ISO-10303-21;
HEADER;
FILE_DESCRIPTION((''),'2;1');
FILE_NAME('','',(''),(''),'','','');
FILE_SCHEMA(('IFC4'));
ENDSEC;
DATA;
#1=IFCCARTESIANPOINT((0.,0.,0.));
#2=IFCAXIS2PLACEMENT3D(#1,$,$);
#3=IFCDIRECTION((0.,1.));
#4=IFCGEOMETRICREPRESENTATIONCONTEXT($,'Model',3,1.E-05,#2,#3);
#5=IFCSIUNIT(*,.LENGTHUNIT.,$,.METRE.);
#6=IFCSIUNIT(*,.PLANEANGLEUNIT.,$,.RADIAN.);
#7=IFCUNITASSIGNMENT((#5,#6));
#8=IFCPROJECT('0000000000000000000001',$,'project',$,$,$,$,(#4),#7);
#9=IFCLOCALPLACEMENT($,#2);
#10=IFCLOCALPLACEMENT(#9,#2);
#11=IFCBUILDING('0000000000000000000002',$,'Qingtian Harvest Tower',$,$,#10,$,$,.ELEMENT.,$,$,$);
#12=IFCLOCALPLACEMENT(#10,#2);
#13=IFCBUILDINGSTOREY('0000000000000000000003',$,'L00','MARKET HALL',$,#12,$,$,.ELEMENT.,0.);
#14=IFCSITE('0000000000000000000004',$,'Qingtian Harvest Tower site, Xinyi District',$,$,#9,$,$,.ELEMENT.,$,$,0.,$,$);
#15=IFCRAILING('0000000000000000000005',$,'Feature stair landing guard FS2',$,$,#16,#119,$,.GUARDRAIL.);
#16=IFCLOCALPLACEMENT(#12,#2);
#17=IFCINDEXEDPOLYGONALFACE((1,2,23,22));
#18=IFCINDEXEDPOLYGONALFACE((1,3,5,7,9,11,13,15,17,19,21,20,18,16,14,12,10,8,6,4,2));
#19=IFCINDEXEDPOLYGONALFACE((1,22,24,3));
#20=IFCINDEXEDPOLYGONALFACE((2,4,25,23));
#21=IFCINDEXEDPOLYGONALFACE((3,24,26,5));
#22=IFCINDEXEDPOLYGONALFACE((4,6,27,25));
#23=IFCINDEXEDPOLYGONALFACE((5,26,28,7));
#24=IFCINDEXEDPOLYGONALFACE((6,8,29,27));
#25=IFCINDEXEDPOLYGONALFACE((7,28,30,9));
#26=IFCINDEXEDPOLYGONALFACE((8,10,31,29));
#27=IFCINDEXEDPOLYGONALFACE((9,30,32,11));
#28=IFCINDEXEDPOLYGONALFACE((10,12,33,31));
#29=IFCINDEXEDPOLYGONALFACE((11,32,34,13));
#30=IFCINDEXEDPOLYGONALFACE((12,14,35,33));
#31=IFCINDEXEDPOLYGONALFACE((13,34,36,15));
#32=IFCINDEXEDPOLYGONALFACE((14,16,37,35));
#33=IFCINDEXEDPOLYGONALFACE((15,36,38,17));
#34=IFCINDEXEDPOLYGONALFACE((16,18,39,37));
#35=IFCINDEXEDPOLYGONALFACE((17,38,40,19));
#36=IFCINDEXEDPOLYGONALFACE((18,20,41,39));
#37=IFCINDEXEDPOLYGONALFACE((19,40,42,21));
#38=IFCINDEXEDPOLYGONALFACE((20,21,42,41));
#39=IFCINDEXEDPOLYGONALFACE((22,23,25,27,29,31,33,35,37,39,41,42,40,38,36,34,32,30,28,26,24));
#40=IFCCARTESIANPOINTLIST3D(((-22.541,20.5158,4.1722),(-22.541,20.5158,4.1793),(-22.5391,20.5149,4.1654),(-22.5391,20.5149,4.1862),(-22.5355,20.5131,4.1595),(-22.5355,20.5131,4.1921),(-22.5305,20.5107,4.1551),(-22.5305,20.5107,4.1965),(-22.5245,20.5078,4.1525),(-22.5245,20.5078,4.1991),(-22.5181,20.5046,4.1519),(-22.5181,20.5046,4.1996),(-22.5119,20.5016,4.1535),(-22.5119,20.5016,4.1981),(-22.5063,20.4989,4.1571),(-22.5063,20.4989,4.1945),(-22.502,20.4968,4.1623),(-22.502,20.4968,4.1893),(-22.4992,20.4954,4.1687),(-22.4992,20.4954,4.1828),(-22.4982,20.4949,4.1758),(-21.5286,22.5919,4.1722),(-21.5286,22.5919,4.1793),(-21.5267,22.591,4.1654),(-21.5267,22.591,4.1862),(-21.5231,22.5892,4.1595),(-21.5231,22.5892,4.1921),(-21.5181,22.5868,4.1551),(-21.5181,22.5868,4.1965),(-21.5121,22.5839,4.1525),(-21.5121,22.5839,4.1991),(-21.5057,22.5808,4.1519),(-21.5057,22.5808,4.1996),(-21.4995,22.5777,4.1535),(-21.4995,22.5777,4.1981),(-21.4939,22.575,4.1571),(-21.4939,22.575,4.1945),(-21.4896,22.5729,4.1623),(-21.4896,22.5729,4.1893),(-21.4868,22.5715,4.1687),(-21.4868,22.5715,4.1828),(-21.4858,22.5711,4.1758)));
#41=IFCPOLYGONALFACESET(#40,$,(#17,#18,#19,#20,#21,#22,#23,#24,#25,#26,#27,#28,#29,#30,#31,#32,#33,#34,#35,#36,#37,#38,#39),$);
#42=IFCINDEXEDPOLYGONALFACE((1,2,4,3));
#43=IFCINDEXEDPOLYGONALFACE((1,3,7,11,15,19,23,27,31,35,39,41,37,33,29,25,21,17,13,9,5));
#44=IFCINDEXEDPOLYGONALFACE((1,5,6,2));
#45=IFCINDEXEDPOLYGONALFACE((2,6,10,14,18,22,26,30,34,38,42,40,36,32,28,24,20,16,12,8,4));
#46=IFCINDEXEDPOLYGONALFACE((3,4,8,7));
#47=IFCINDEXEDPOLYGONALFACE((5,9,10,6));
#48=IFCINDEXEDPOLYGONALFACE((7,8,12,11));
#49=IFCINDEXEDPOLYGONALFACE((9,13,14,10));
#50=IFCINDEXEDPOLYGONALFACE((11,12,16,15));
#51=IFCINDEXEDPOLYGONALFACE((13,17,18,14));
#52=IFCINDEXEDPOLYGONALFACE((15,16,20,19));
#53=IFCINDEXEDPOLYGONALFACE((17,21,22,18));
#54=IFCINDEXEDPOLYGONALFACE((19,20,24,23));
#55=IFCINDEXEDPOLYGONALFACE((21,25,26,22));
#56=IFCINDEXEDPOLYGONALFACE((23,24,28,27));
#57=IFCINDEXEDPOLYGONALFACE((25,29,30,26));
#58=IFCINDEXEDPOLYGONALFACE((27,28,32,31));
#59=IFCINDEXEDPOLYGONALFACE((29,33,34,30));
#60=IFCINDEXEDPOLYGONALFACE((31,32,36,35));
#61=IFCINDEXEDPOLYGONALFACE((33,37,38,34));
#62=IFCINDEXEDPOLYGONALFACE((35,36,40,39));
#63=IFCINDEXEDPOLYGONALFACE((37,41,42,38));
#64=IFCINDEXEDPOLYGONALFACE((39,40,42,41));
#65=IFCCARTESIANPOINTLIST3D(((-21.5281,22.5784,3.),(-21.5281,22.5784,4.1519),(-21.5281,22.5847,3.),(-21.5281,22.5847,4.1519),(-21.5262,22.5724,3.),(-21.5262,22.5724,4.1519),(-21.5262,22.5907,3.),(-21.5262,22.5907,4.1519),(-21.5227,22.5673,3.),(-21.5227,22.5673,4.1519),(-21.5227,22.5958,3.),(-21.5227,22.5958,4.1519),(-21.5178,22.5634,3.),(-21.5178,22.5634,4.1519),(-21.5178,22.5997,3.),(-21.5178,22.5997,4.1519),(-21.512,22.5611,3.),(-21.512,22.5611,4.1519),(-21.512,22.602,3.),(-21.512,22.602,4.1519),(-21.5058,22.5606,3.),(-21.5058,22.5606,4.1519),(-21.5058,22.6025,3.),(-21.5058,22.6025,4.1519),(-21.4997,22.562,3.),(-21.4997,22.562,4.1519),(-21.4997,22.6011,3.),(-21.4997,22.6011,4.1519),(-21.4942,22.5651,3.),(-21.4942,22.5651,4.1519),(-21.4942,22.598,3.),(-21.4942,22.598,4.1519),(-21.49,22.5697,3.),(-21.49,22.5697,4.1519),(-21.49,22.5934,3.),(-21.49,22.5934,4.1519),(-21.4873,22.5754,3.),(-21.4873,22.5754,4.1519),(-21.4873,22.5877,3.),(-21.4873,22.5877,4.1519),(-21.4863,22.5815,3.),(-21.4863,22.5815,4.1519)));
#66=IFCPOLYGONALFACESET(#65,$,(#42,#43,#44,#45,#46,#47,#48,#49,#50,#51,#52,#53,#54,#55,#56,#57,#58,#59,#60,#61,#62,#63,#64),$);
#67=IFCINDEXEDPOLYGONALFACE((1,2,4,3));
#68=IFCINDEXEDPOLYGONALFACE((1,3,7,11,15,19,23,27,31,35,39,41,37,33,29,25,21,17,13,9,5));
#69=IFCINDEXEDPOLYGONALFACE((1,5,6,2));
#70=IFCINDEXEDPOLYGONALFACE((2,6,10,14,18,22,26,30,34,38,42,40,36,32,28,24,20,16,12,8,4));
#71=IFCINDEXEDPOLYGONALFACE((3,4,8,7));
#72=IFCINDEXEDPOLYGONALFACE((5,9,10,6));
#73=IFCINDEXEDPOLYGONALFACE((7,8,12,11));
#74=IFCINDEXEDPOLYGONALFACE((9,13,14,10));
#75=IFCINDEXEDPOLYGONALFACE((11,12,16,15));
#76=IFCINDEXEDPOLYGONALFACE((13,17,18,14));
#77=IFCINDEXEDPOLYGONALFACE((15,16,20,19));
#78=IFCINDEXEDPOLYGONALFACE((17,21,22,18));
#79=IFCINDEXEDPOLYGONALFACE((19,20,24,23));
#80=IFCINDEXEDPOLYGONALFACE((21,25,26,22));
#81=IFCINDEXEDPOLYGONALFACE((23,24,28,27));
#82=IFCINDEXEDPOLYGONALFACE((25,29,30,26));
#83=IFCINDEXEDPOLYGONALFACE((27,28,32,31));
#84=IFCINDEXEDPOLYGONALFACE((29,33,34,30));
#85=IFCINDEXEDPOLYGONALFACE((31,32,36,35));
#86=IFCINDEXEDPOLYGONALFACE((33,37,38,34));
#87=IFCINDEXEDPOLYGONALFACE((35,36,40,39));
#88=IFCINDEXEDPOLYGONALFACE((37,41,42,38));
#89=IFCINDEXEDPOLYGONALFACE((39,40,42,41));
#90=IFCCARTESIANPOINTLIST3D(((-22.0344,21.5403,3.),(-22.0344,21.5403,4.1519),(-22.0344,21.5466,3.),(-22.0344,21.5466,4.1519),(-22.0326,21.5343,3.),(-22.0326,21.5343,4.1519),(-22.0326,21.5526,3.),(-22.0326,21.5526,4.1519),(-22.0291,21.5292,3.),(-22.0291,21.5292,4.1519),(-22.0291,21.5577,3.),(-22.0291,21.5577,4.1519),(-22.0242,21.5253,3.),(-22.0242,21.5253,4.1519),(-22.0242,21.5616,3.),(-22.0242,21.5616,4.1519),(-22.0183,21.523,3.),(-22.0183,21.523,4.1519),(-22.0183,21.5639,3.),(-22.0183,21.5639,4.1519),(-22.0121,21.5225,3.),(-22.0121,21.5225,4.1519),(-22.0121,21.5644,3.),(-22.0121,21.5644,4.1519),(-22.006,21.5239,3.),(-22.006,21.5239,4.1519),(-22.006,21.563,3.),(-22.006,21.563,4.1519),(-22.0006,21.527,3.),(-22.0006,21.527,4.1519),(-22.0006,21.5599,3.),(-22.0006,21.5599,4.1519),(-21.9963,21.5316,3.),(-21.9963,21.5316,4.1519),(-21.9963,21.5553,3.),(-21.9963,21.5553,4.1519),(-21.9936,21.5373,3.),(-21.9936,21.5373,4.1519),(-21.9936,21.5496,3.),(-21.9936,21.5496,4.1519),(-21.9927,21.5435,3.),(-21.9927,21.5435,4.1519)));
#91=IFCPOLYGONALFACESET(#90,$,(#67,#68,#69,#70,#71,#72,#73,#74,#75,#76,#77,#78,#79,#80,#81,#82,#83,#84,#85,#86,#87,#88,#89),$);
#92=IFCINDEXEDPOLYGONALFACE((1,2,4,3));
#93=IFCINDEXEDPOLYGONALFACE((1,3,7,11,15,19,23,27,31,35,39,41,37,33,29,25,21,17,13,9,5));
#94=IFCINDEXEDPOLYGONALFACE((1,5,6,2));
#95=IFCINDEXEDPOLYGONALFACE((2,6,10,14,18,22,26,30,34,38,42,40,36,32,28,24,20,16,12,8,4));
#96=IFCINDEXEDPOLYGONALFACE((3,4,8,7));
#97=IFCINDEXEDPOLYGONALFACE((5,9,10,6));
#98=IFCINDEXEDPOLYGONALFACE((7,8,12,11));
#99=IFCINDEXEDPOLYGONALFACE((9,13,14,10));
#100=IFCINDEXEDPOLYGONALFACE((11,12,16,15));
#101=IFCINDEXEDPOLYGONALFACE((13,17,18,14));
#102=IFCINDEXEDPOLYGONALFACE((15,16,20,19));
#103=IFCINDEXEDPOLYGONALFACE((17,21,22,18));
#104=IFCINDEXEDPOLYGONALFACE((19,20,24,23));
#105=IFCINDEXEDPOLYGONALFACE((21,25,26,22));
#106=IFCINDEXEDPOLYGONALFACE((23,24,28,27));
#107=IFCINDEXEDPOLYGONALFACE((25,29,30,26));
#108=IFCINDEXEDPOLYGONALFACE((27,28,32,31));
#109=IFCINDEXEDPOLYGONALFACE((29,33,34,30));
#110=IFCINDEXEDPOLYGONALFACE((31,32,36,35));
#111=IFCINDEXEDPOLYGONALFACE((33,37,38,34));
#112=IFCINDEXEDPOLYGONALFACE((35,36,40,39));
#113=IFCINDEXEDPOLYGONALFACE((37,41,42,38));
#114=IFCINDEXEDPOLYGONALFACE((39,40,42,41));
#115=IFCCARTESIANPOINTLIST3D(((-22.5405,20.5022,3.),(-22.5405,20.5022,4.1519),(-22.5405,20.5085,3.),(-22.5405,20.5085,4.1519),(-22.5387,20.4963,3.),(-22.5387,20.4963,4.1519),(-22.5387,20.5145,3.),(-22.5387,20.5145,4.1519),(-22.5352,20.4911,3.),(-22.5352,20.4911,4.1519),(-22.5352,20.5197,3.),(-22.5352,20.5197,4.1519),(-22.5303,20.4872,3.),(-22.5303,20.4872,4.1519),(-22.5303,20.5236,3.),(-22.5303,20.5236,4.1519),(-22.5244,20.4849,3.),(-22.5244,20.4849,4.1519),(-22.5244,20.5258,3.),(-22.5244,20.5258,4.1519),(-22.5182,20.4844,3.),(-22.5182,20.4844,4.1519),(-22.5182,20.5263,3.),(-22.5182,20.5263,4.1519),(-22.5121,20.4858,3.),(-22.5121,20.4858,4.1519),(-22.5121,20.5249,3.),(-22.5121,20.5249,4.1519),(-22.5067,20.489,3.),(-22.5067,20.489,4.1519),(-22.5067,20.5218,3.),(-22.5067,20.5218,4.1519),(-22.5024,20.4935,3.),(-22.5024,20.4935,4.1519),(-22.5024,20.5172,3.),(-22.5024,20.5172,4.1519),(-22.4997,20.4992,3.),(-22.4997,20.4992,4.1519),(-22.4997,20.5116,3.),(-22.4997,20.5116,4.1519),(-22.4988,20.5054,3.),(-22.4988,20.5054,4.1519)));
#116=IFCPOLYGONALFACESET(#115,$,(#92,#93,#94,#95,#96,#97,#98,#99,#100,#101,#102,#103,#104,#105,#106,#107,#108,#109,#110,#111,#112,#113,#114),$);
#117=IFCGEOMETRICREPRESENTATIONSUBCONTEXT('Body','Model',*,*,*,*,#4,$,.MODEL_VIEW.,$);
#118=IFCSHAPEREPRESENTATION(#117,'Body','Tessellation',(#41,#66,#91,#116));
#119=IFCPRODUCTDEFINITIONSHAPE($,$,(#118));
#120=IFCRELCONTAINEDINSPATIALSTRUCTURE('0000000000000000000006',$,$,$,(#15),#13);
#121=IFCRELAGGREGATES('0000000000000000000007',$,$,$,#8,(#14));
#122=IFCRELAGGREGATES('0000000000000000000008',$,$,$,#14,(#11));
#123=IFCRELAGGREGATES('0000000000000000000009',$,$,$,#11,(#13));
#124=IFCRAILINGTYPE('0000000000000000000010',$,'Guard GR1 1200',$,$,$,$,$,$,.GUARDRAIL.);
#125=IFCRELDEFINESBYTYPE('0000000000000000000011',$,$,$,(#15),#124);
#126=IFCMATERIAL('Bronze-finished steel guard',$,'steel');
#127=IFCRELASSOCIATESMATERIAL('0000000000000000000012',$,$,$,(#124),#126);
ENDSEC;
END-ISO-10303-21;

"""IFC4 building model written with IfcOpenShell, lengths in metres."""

from ifc_helpers import new_model, si_unit, direction, frame, origin, origin_2d, place, context, subcontext, project, spatial, circle, extrude, material, type_object, element, save


model = new_model("IFC4")

# Units and contexts
model_context = context("Model", 3, precision=1e-05, world=origin(), true_north=direction((0.0, 1.0)))
body_context = subcontext(model_context, "Body", "Model", "MODEL_VIEW")
ifc_project = project(units=[si_unit("LENGTHUNIT", "METRE"), si_unit("PLANEANGLEUNIT", "RADIAN")], contexts=[model_context])

# Site, building, storey
site_placement = place(None, origin())
site = spatial("IfcSite", under=ifc_project, at=site_placement, Name="Qingtian Harvest Tower site, Xinyi District", CompositionType="ELEMENT", RefElevation=0.0)
building_placement = place(site_placement, origin())
building = spatial("IfcBuilding", under=site, at=building_placement, Name="Qingtian Harvest Tower", CompositionType="ELEMENT")
storey_placement = place(building_placement, origin())
storey = spatial("IfcBuildingStorey", under=building, at=storey_placement, Name="L00", Description="MARKET HALL", CompositionType="ELEMENT", Elevation=0.0)

# Railing
ifc_material_1 = material(Name="Bronze-finished steel guard", Category="steel")
railing_type = type_object("IfcRailingType", Name="Guard GR1 1200", PredefinedType="GUARDRAIL", material=ifc_material_1)
railing_1_placement = place(storey_placement, frame((-21.5073, 22.5815, 3.0)))
element("IfcRailing", 1, at=railing_1_placement, inside=storey, type_object=railing_type, Name="Feature stair landing guard FS2", PredefinedType="GUARDRAIL", context=body_context, shape_type="SweptSolid", body=[
    extrude(circle(Radius=0.0239, at=origin_2d()), frame((0.0, 0.0, 1.1758), z_axis=(-0.438313, -0.898822, 0.0), x_axis=(0.898822, -0.438313, 0.0)), (0.0, 0.0, 1.0), 2.3098),
    extrude(circle(Radius=0.021, at=origin_2d()), origin(), (0.0, 0.0, 1.0), 1.1519),
    extrude(circle(Radius=0.021, at=origin_2d()), frame((-0.5063, -1.0381, 0.0)), (0.0, 0.0, 1.0), 1.1519),
    extrude(circle(Radius=0.021, at=origin_2d()), frame((-1.0125, -2.0762, 0.0)), (0.0, 0.0, 1.0), 1.1519),
])

save(model, "model.ifc")
